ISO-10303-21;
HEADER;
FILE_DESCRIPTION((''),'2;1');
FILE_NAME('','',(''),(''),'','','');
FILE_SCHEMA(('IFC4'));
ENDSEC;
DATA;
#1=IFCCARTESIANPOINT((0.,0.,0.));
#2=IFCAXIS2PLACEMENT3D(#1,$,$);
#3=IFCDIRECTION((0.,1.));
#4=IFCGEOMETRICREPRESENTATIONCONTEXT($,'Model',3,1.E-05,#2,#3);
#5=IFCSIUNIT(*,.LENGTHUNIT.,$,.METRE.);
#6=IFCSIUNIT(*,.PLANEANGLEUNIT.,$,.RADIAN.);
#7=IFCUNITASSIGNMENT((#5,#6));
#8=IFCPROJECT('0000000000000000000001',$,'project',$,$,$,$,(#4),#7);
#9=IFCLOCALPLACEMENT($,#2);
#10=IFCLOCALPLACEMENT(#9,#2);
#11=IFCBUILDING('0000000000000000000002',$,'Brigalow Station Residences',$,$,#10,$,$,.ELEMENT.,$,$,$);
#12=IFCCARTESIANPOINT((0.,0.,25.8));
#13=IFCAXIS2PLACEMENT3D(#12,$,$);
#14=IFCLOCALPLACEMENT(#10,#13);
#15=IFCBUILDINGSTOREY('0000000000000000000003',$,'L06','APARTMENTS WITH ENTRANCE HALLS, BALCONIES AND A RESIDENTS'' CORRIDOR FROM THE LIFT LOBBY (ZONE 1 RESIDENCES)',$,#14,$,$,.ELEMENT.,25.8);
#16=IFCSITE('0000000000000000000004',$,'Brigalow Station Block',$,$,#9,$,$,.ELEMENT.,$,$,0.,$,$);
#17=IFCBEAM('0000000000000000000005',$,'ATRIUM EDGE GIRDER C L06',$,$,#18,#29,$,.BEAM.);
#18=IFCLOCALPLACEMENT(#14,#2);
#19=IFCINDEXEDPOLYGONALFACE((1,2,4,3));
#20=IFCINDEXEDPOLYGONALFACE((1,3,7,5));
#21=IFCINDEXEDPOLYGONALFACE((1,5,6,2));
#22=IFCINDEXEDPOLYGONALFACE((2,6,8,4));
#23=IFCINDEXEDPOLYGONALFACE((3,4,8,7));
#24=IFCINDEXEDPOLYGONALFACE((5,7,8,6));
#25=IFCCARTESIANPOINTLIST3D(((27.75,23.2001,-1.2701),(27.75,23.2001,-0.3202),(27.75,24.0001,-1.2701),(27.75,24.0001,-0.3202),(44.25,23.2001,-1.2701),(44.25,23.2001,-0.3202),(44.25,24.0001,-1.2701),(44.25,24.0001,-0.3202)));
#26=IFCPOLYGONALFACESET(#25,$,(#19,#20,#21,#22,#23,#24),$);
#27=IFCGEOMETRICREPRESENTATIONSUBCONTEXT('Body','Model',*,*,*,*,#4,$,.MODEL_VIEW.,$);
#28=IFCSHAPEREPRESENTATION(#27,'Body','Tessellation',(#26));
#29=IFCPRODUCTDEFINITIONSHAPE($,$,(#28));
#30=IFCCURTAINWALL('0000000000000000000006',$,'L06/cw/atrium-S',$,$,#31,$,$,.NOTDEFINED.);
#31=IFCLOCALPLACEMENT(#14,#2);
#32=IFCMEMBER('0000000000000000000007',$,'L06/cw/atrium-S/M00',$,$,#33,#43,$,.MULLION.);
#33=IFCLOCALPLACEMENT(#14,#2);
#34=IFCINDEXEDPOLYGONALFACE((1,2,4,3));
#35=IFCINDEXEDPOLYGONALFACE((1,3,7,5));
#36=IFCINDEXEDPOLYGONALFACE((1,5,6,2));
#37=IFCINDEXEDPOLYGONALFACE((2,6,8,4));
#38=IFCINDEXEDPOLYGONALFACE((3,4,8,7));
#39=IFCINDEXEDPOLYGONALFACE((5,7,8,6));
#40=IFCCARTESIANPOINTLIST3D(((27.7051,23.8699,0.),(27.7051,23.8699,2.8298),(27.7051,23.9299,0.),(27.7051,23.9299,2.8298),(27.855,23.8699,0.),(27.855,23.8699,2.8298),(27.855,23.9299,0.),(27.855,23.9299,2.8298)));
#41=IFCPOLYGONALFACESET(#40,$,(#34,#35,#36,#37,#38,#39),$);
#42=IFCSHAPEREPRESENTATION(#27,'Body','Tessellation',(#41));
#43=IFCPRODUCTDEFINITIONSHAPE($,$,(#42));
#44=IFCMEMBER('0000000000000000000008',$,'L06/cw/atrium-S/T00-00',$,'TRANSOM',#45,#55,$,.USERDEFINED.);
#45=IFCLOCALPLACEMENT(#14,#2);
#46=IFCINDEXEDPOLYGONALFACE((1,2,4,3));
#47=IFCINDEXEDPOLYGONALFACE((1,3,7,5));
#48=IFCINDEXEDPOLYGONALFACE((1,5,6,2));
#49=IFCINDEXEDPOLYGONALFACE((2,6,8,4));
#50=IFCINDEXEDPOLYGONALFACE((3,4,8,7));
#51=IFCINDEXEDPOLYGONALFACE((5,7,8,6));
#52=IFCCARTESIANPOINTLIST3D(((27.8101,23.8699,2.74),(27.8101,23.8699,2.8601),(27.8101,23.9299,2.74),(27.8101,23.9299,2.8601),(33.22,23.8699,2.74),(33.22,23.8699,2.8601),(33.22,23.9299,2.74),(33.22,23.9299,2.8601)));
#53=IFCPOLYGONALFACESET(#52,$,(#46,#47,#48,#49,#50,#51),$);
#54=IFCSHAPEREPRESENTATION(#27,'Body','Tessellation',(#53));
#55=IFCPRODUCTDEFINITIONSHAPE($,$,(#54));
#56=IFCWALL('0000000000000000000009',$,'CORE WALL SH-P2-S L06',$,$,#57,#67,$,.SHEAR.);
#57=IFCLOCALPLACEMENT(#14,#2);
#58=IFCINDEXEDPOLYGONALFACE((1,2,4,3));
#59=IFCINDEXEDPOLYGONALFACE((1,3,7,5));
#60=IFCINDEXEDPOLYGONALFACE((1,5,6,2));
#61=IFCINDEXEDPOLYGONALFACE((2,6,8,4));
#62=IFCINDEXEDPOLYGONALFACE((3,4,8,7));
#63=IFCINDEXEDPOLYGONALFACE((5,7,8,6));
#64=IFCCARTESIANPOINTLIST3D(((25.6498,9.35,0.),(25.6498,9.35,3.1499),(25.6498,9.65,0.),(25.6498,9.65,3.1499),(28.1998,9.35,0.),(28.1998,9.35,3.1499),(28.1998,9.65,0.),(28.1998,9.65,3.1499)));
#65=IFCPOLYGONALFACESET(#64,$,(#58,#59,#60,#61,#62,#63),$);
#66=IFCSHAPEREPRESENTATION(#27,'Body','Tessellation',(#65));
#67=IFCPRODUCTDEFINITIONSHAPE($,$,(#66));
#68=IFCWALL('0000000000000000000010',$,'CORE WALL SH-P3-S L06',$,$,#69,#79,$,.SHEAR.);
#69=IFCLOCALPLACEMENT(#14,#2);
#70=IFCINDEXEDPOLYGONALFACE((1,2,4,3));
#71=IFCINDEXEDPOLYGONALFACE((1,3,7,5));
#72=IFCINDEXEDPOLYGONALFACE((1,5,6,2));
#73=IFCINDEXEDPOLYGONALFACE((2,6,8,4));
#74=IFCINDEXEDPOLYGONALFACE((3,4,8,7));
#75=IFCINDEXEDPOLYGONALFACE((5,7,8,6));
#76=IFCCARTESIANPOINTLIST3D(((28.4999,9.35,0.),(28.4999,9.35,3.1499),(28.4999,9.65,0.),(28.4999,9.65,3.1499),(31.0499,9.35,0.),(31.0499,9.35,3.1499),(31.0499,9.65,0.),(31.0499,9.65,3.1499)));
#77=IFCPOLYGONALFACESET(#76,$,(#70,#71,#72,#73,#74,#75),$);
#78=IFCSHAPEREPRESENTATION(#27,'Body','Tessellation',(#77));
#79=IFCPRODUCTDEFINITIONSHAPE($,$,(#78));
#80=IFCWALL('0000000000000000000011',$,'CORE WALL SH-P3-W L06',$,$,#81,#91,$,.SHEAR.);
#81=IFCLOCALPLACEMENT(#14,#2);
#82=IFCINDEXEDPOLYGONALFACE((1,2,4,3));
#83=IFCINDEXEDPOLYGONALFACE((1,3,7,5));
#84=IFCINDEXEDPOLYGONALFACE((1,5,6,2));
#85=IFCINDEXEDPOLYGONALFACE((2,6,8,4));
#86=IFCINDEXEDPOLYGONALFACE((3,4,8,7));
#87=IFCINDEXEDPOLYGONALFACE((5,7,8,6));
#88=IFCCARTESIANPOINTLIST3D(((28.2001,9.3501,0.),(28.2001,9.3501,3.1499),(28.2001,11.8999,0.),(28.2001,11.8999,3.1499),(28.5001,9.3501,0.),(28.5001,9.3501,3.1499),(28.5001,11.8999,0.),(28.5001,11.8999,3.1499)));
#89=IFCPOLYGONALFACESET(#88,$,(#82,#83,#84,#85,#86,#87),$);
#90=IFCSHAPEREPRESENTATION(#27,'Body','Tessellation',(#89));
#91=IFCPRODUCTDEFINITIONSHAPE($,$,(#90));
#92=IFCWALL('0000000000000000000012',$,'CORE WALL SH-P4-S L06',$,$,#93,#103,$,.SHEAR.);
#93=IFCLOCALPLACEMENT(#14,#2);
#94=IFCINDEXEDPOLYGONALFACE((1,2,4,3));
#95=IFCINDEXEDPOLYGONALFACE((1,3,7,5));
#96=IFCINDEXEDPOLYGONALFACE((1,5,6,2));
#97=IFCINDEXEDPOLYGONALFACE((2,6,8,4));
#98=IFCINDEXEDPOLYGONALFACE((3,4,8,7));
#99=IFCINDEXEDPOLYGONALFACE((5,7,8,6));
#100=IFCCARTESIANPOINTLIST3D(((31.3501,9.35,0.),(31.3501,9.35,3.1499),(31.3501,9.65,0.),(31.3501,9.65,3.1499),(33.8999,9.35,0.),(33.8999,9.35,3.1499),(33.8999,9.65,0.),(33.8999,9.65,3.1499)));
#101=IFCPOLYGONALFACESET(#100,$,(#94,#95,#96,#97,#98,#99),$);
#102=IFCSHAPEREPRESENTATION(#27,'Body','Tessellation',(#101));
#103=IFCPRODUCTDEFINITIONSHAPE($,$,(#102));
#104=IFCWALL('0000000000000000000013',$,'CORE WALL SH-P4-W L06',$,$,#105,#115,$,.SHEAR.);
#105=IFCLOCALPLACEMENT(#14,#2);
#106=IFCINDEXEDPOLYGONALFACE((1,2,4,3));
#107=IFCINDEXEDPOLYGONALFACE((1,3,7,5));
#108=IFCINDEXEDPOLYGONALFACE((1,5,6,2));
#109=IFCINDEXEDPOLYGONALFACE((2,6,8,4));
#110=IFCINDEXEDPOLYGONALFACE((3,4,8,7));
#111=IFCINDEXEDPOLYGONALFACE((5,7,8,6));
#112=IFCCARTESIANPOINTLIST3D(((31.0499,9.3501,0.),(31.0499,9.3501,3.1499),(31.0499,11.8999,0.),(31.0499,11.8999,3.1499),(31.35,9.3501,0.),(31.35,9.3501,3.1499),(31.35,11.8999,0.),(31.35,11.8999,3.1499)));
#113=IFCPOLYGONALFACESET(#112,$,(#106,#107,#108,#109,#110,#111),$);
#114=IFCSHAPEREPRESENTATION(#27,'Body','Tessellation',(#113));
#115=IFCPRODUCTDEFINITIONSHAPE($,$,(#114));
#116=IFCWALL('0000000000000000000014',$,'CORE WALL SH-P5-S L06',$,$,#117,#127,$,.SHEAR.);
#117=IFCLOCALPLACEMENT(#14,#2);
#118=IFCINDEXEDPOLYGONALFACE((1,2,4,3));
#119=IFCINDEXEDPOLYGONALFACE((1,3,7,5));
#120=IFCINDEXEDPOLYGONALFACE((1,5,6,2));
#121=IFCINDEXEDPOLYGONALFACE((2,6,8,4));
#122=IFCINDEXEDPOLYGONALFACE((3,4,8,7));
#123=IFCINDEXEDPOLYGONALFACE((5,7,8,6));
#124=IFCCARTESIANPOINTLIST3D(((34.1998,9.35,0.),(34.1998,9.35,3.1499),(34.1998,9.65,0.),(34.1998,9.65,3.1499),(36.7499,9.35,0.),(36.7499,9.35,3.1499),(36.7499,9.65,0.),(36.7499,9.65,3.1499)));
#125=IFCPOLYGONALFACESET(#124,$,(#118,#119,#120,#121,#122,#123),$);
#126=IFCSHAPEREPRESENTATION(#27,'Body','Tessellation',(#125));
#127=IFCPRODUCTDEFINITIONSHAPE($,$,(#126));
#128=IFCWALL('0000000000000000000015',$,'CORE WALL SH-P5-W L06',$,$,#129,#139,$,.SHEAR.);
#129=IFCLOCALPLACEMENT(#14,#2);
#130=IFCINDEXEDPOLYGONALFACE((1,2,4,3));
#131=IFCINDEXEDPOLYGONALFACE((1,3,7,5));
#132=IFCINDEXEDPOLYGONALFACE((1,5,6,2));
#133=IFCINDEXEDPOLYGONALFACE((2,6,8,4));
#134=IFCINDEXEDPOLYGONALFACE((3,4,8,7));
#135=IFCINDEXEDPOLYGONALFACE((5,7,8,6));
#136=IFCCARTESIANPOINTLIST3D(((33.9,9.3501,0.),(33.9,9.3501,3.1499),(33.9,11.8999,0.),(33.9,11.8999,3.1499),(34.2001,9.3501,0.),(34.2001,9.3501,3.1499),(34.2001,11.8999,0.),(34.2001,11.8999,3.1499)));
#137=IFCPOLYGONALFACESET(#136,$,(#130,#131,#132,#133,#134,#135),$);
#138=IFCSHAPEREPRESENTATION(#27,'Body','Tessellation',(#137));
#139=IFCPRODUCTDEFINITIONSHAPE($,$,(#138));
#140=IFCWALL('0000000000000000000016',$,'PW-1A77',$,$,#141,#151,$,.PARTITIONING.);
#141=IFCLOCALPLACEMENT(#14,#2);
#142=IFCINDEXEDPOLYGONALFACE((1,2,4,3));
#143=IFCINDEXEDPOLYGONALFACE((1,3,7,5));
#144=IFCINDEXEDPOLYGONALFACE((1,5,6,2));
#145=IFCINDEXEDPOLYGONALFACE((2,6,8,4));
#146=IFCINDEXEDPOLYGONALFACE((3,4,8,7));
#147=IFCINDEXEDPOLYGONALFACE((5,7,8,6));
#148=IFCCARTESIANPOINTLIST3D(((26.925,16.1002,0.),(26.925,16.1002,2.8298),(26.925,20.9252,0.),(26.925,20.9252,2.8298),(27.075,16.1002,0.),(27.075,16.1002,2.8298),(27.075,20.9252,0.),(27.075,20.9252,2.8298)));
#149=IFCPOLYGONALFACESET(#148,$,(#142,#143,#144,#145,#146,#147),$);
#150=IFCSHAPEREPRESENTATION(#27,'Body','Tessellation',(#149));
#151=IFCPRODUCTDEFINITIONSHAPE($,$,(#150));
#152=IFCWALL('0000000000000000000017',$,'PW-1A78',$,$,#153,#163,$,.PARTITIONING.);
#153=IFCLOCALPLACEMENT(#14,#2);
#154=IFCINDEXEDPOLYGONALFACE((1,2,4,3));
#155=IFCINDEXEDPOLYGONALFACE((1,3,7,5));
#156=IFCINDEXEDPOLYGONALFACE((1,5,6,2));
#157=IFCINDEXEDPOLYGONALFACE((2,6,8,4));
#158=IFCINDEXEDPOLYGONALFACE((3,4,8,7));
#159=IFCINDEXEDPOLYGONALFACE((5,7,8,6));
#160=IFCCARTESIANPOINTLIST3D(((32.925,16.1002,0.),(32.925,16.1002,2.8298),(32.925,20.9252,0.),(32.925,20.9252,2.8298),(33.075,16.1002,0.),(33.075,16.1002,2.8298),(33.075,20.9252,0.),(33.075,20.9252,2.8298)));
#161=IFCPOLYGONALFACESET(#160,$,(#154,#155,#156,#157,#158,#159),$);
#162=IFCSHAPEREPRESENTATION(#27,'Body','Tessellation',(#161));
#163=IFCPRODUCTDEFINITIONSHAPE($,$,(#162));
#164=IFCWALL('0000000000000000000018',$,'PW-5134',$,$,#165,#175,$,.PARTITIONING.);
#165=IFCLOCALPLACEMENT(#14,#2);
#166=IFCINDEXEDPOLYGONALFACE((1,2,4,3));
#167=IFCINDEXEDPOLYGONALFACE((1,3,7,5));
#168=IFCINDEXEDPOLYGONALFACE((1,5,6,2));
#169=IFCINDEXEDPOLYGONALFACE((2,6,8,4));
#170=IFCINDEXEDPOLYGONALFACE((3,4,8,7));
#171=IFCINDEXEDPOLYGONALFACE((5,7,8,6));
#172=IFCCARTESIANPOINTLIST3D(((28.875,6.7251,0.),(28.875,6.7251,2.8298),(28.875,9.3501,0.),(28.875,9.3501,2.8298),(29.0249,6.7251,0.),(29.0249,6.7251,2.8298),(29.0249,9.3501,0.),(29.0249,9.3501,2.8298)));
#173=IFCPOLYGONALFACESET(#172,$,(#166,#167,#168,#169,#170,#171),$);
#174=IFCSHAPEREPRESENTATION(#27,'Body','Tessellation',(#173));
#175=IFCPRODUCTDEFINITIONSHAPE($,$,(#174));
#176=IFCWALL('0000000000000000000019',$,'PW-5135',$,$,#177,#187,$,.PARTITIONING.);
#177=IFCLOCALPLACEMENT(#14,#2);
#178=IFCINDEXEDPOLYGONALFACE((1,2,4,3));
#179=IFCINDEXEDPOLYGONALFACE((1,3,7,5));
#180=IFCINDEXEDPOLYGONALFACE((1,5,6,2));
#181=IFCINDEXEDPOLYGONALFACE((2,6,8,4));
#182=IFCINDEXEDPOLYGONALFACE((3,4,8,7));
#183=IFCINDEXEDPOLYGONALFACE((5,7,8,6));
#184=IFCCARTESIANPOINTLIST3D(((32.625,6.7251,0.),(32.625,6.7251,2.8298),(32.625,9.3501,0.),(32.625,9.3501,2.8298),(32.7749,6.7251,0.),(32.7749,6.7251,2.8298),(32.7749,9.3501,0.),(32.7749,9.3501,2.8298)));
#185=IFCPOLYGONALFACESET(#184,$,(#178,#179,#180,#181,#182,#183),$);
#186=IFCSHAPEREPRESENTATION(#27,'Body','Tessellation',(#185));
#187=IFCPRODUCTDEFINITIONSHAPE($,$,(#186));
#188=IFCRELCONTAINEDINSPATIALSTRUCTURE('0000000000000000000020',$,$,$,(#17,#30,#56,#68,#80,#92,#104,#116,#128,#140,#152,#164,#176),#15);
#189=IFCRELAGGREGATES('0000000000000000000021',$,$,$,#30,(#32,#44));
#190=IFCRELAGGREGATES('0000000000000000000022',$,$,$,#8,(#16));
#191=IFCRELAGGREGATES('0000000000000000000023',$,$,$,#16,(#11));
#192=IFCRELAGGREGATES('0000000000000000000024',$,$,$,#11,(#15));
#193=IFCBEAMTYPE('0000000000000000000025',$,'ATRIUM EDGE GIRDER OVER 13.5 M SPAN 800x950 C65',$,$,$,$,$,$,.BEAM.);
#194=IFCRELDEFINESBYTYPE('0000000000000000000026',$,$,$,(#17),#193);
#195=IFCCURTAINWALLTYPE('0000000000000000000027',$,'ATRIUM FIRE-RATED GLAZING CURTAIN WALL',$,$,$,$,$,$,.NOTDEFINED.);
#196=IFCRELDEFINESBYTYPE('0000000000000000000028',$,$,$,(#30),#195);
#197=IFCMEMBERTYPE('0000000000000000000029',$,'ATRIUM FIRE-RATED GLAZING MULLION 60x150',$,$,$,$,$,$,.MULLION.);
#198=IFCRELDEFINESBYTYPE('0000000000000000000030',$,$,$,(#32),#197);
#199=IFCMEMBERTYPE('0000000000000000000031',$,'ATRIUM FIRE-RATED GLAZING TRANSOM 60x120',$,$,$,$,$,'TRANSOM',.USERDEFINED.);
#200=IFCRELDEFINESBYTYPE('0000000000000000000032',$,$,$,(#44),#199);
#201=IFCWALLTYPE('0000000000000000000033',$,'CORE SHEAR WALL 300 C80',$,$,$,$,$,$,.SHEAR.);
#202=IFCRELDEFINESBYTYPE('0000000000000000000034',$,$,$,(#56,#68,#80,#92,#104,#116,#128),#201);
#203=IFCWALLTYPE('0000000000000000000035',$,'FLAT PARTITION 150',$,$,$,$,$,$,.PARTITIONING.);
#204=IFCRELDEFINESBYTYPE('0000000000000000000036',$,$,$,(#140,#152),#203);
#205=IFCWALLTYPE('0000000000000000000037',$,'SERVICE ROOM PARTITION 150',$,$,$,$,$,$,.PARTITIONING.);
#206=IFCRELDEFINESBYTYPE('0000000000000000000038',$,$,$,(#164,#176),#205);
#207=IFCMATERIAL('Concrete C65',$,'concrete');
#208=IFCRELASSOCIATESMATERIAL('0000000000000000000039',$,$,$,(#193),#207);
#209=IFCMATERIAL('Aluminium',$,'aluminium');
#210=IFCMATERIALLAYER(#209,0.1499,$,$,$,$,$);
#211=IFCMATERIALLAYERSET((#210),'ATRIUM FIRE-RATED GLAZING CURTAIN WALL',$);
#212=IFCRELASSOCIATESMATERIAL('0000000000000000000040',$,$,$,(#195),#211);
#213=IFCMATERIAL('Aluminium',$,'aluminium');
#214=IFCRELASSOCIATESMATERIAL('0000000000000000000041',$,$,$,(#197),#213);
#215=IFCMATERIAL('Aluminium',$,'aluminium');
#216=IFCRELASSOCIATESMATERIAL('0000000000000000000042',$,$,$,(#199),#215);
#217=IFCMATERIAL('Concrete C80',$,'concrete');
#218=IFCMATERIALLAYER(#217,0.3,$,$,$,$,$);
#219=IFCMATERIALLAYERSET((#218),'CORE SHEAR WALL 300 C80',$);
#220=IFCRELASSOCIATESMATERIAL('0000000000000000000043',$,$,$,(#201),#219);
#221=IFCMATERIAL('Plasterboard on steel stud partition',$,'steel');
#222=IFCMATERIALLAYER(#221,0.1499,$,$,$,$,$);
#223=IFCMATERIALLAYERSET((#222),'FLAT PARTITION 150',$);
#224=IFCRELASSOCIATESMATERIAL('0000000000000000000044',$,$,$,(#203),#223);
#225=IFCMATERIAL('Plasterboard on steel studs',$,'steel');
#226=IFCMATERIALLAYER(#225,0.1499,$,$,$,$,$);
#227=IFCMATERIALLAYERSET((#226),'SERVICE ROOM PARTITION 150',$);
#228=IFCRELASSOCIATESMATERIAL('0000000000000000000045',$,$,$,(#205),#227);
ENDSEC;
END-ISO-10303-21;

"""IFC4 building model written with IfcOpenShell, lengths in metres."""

from ifc_helpers import new_model, si_unit, direction, frame, frame_2d, origin, origin_2d, place, context, subcontext, project, spatial, rectangle, extrude, material, layer, layer_set, material_profile, profile_set, type_object, element, aggregate, save


model = new_model("IFC4")

# Units and contexts
model_context = context("Model", 3, precision=1e-05, world=origin(), true_north=direction((0.0, 1.0)))
body_context = subcontext(model_context, "Body", "Model", "MODEL_VIEW")
ifc_project = project(units=[si_unit("LENGTHUNIT", "METRE"), si_unit("PLANEANGLEUNIT", "RADIAN")], contexts=[model_context])

# Site, building, storey
site_placement = place(None, origin())
site = spatial("IfcSite", under=ifc_project, at=site_placement, Name="Brigalow Station Block", CompositionType="ELEMENT", RefElevation=0.0)
building_placement = place(site_placement, origin())
building = spatial("IfcBuilding", under=site, at=building_placement, Name="Brigalow Station Residences", CompositionType="ELEMENT")
storey_placement = place(building_placement, frame((0.0, 0.0, 25.8)))
storey = spatial("IfcBuildingStorey", under=building, at=storey_placement, Name="L06", Description="APARTMENTS WITH ENTRANCE HALLS, BALCONIES AND A RESIDENTS' CORRIDOR FROM THE LIFT LOBBY (ZONE 1 RESIDENCES)", CompositionType="ELEMENT", Elevation=25.8)

# Beam
ifc_material_1 = material(Name="Concrete C65", Category="concrete")
ifc_material_profile_1 = material_profile(ifc_material_1, rectangle(XDim=0.8, YDim=0.95, at=origin_2d()), Name="RC800x950")
ifc_profile_set_1 = profile_set([ifc_material_profile_1], Name="Concrete C65")
beam_type = type_object("IfcBeamType", Name="ATRIUM EDGE GIRDER OVER 13.5 M SPAN 800x950 C65", PredefinedType="BEAM", material=ifc_profile_set_1)
beam_placement = place(storey_placement, frame((27.75, 23.6001, -0.7952), z_axis=(1.0, 0.0, 0.0), x_axis=(0.0, 1.0, 0.0)))
element("IfcBeam", 1, at=beam_placement, inside=storey, type_object=beam_type, Name="ATRIUM EDGE GIRDER C L06", PredefinedType="BEAM", context=body_context, shape_type="SweptSolid", body=[
    extrude(rectangle(XDim=0.8, YDim=0.95, at=origin_2d()), origin(), (0.0, 0.0, 1.0), 16.5),
])

# Curtain wall, members
ifc_material_2 = material(Name="Aluminium", Category="aluminium")
ifc_layer_1 = layer(ifc_material_2, 0.1499)
ifc_layer_set_1 = layer_set([ifc_layer_1], Name="ATRIUM FIRE-RATED GLAZING CURTAIN WALL")
curtain_wall_type = type_object("IfcCurtainWallType", Name="ATRIUM FIRE-RATED GLAZING CURTAIN WALL", PredefinedType="NOTDEFINED", material=ifc_layer_set_1)
curtain_wall_placement = place(storey_placement, origin())
curtain_wall = element("IfcCurtainWall", 2, at=curtain_wall_placement, inside=storey, type_object=curtain_wall_type, Name="L06/cw/atrium-S", PredefinedType="NOTDEFINED")
ifc_material_3 = material(Name="Aluminium", Category="aluminium")
ifc_material_profile_2 = material_profile(ifc_material_3, rectangle(XDim=0.0601, YDim=0.1499, at=origin_2d()), Name="ATRIUM FIRE-RATED GLAZING MULLION 60x150")
ifc_profile_set_2 = profile_set([ifc_material_profile_2], Name="Aluminium")
member_type_1 = type_object("IfcMemberType", Name="ATRIUM FIRE-RATED GLAZING MULLION 60x150", PredefinedType="MULLION", material=ifc_profile_set_2)
member_1_placement = place(storey_placement, frame((27.78, 23.8999, 0.0), z_axis=(0.0, 0.0, 1.0), x_axis=(0.0, 1.0, 0.0)))
member_1 = element("IfcMember", 3, at=member_1_placement, type_object=member_type_1, Name="L06/cw/atrium-S/M00", PredefinedType="MULLION", context=body_context, shape_type="SweptSolid", body=[
    extrude(rectangle(XDim=0.0601, YDim=0.1499, at=origin_2d()), origin(), (0.0, 0.0, 1.0), 2.8298),
])
ifc_material_4 = material(Name="Aluminium", Category="aluminium")
ifc_material_profile_3 = material_profile(ifc_material_4, rectangle(XDim=0.0601, YDim=0.1201, at=origin_2d()), Name="ATRIUM FIRE-RATED GLAZING TRANSOM 60x120")
ifc_profile_set_3 = profile_set([ifc_material_profile_3], Name="Aluminium")
member_type_2 = type_object("IfcMemberType", Name="ATRIUM FIRE-RATED GLAZING TRANSOM 60x120", ElementType="TRANSOM", PredefinedType="USERDEFINED", material=ifc_profile_set_3)
member_2_placement = place(storey_placement, frame((27.8101, 23.8999, 2.8), z_axis=(1.0, 0.0, 0.0), x_axis=(0.0, 1.0, 0.0)))
member_2 = element("IfcMember", 4, at=member_2_placement, type_object=member_type_2, Name="L06/cw/atrium-S/T00-00", ObjectType="TRANSOM", PredefinedType="USERDEFINED", context=body_context, shape_type="SweptSolid", body=[
    extrude(rectangle(XDim=0.0601, YDim=0.1201, at=origin_2d()), origin(), (0.0, 0.0, 1.0), 5.4099),
])
aggregate(curtain_wall, [member_1, member_2])

# Walls
ifc_material_5 = material(Name="Concrete C80", Category="concrete")
ifc_layer_2 = layer(ifc_material_5, 0.3)
ifc_layer_set_2 = layer_set([ifc_layer_2], Name="CORE SHEAR WALL 300 C80")
wall_type_1 = type_object("IfcWallType", Name="CORE SHEAR WALL 300 C80", PredefinedType="SHEAR", material=ifc_layer_set_2)
for number, where, z_axis, x_axis, name in (
    (5, (25.6499, 9.5, 0.0), (0.0, 0.0, 1.0), (1.0, 0.0, 0.0), "CORE WALL SH-P2-S L06"),
    (6, (28.5, 9.5, 0.0), (0.0, 0.0, 1.0), (1.0, 0.0, 0.0), "CORE WALL SH-P3-S L06"),
):
    element("IfcWall", number, at=place(storey_placement, frame(where, z_axis=z_axis, x_axis=x_axis)), inside=storey, type_object=wall_type_1, Name=name, PredefinedType="SHEAR", context=body_context, shape_type="SweptSolid", body=[
        extrude(rectangle(XDim=2.55, YDim=0.3, at=frame_2d((1.2749, 0.0))), origin(), (0.0, 0.0, 1.0), 3.1499),
    ])
for number, where, z_axis, x_axis, name in (
    (7, (28.3501, 9.3501, 0.0), (0.0, 0.0, 1.0), (0.0, 1.0, 0.0), "CORE WALL SH-P3-W L06"),
    (8, (31.3501, 9.5, 0.0), (0.0, 0.0, 1.0), (1.0, 0.0, 0.0), "CORE WALL SH-P4-S L06"),
    (9, (31.2, 9.3501, 0.0), (0.0, 0.0, 1.0), (0.0, 1.0, 0.0), "CORE WALL SH-P4-W L06"),
):
    element("IfcWall", number, at=place(storey_placement, frame(where, z_axis=z_axis, x_axis=x_axis)), inside=storey, type_object=wall_type_1, Name=name, PredefinedType="SHEAR", context=body_context, shape_type="SweptSolid", body=[
        extrude(rectangle(XDim=2.5498, YDim=0.3, at=frame_2d((1.2749, 0.0))), origin(), (0.0, 0.0, 1.0), 3.1499),
    ])
wall_1_placement = place(storey_placement, frame((34.2, 9.5, 0.0), z_axis=(0.0, 0.0, 1.0), x_axis=(1.0, 0.0, 0.0)))
element("IfcWall", 10, at=wall_1_placement, inside=storey, type_object=wall_type_1, Name="CORE WALL SH-P5-S L06", PredefinedType="SHEAR", context=body_context, shape_type="SweptSolid", body=[
    extrude(rectangle(XDim=2.55, YDim=0.3, at=frame_2d((1.2749, 0.0))), origin(), (0.0, 0.0, 1.0), 3.1499),
])
wall_2_placement = place(storey_placement, frame((34.05, 9.3501, 0.0), z_axis=(0.0, 0.0, 1.0), x_axis=(0.0, 1.0, 0.0)))
element("IfcWall", 11, at=wall_2_placement, inside=storey, type_object=wall_type_1, Name="CORE WALL SH-P5-W L06", PredefinedType="SHEAR", context=body_context, shape_type="SweptSolid", body=[
    extrude(rectangle(XDim=2.5498, YDim=0.3, at=frame_2d((1.2749, 0.0))), origin(), (0.0, 0.0, 1.0), 3.1499),
])
ifc_material_6 = material(Name="Plasterboard on steel stud partition", Category="steel")
ifc_layer_3 = layer(ifc_material_6, 0.1499)
ifc_layer_set_3 = layer_set([ifc_layer_3], Name="FLAT PARTITION 150")
wall_type_2 = type_object("IfcWallType", Name="FLAT PARTITION 150", PredefinedType="PARTITIONING", material=ifc_layer_set_3)
for number, where, z_axis, x_axis, name in (
    (12, (27.0, 16.1001, 0.0), (0.0, 0.0, 1.0), (0.0, 1.0, 0.0), "PW-1A77"),
    (13, (33.0, 16.1001, 0.0), (0.0, 0.0, 1.0), (0.0, 1.0, 0.0), "PW-1A78"),
):
    element("IfcWall", number, at=place(storey_placement, frame(where, z_axis=z_axis, x_axis=x_axis)), inside=storey, type_object=wall_type_2, Name=name, PredefinedType="PARTITIONING", context=body_context, shape_type="SweptSolid", body=[
        extrude(rectangle(XDim=4.825, YDim=0.1499, at=frame_2d((2.4126, 0.0))), origin(), (0.0, 0.0, 1.0), 2.8298),
    ])
ifc_material_7 = material(Name="Plasterboard on steel studs", Category="steel")
ifc_layer_4 = layer(ifc_material_7, 0.1499)
ifc_layer_set_4 = layer_set([ifc_layer_4], Name="SERVICE ROOM PARTITION 150")
wall_type_3 = type_object("IfcWallType", Name="SERVICE ROOM PARTITION 150", PredefinedType="PARTITIONING", material=ifc_layer_set_4)
for number, where, z_axis, x_axis, name in (
    (14, (28.95, 6.7251, 0.0), (0.0, 0.0, 1.0), (0.0, 1.0, 0.0), "PW-5134"),
    (15, (32.7, 6.7251, 0.0), (0.0, 0.0, 1.0), (0.0, 1.0, 0.0), "PW-5135"),
):
    element("IfcWall", number, at=place(storey_placement, frame(where, z_axis=z_axis, x_axis=x_axis)), inside=storey, type_object=wall_type_3, Name=name, PredefinedType="PARTITIONING", context=body_context, shape_type="SweptSolid", body=[
        extrude(rectangle(XDim=2.625, YDim=0.1499, at=frame_2d((1.3125, 0.0))), origin(), (0.0, 0.0, 1.0), 2.8298),
    ])

save(model, "model.ifc")
